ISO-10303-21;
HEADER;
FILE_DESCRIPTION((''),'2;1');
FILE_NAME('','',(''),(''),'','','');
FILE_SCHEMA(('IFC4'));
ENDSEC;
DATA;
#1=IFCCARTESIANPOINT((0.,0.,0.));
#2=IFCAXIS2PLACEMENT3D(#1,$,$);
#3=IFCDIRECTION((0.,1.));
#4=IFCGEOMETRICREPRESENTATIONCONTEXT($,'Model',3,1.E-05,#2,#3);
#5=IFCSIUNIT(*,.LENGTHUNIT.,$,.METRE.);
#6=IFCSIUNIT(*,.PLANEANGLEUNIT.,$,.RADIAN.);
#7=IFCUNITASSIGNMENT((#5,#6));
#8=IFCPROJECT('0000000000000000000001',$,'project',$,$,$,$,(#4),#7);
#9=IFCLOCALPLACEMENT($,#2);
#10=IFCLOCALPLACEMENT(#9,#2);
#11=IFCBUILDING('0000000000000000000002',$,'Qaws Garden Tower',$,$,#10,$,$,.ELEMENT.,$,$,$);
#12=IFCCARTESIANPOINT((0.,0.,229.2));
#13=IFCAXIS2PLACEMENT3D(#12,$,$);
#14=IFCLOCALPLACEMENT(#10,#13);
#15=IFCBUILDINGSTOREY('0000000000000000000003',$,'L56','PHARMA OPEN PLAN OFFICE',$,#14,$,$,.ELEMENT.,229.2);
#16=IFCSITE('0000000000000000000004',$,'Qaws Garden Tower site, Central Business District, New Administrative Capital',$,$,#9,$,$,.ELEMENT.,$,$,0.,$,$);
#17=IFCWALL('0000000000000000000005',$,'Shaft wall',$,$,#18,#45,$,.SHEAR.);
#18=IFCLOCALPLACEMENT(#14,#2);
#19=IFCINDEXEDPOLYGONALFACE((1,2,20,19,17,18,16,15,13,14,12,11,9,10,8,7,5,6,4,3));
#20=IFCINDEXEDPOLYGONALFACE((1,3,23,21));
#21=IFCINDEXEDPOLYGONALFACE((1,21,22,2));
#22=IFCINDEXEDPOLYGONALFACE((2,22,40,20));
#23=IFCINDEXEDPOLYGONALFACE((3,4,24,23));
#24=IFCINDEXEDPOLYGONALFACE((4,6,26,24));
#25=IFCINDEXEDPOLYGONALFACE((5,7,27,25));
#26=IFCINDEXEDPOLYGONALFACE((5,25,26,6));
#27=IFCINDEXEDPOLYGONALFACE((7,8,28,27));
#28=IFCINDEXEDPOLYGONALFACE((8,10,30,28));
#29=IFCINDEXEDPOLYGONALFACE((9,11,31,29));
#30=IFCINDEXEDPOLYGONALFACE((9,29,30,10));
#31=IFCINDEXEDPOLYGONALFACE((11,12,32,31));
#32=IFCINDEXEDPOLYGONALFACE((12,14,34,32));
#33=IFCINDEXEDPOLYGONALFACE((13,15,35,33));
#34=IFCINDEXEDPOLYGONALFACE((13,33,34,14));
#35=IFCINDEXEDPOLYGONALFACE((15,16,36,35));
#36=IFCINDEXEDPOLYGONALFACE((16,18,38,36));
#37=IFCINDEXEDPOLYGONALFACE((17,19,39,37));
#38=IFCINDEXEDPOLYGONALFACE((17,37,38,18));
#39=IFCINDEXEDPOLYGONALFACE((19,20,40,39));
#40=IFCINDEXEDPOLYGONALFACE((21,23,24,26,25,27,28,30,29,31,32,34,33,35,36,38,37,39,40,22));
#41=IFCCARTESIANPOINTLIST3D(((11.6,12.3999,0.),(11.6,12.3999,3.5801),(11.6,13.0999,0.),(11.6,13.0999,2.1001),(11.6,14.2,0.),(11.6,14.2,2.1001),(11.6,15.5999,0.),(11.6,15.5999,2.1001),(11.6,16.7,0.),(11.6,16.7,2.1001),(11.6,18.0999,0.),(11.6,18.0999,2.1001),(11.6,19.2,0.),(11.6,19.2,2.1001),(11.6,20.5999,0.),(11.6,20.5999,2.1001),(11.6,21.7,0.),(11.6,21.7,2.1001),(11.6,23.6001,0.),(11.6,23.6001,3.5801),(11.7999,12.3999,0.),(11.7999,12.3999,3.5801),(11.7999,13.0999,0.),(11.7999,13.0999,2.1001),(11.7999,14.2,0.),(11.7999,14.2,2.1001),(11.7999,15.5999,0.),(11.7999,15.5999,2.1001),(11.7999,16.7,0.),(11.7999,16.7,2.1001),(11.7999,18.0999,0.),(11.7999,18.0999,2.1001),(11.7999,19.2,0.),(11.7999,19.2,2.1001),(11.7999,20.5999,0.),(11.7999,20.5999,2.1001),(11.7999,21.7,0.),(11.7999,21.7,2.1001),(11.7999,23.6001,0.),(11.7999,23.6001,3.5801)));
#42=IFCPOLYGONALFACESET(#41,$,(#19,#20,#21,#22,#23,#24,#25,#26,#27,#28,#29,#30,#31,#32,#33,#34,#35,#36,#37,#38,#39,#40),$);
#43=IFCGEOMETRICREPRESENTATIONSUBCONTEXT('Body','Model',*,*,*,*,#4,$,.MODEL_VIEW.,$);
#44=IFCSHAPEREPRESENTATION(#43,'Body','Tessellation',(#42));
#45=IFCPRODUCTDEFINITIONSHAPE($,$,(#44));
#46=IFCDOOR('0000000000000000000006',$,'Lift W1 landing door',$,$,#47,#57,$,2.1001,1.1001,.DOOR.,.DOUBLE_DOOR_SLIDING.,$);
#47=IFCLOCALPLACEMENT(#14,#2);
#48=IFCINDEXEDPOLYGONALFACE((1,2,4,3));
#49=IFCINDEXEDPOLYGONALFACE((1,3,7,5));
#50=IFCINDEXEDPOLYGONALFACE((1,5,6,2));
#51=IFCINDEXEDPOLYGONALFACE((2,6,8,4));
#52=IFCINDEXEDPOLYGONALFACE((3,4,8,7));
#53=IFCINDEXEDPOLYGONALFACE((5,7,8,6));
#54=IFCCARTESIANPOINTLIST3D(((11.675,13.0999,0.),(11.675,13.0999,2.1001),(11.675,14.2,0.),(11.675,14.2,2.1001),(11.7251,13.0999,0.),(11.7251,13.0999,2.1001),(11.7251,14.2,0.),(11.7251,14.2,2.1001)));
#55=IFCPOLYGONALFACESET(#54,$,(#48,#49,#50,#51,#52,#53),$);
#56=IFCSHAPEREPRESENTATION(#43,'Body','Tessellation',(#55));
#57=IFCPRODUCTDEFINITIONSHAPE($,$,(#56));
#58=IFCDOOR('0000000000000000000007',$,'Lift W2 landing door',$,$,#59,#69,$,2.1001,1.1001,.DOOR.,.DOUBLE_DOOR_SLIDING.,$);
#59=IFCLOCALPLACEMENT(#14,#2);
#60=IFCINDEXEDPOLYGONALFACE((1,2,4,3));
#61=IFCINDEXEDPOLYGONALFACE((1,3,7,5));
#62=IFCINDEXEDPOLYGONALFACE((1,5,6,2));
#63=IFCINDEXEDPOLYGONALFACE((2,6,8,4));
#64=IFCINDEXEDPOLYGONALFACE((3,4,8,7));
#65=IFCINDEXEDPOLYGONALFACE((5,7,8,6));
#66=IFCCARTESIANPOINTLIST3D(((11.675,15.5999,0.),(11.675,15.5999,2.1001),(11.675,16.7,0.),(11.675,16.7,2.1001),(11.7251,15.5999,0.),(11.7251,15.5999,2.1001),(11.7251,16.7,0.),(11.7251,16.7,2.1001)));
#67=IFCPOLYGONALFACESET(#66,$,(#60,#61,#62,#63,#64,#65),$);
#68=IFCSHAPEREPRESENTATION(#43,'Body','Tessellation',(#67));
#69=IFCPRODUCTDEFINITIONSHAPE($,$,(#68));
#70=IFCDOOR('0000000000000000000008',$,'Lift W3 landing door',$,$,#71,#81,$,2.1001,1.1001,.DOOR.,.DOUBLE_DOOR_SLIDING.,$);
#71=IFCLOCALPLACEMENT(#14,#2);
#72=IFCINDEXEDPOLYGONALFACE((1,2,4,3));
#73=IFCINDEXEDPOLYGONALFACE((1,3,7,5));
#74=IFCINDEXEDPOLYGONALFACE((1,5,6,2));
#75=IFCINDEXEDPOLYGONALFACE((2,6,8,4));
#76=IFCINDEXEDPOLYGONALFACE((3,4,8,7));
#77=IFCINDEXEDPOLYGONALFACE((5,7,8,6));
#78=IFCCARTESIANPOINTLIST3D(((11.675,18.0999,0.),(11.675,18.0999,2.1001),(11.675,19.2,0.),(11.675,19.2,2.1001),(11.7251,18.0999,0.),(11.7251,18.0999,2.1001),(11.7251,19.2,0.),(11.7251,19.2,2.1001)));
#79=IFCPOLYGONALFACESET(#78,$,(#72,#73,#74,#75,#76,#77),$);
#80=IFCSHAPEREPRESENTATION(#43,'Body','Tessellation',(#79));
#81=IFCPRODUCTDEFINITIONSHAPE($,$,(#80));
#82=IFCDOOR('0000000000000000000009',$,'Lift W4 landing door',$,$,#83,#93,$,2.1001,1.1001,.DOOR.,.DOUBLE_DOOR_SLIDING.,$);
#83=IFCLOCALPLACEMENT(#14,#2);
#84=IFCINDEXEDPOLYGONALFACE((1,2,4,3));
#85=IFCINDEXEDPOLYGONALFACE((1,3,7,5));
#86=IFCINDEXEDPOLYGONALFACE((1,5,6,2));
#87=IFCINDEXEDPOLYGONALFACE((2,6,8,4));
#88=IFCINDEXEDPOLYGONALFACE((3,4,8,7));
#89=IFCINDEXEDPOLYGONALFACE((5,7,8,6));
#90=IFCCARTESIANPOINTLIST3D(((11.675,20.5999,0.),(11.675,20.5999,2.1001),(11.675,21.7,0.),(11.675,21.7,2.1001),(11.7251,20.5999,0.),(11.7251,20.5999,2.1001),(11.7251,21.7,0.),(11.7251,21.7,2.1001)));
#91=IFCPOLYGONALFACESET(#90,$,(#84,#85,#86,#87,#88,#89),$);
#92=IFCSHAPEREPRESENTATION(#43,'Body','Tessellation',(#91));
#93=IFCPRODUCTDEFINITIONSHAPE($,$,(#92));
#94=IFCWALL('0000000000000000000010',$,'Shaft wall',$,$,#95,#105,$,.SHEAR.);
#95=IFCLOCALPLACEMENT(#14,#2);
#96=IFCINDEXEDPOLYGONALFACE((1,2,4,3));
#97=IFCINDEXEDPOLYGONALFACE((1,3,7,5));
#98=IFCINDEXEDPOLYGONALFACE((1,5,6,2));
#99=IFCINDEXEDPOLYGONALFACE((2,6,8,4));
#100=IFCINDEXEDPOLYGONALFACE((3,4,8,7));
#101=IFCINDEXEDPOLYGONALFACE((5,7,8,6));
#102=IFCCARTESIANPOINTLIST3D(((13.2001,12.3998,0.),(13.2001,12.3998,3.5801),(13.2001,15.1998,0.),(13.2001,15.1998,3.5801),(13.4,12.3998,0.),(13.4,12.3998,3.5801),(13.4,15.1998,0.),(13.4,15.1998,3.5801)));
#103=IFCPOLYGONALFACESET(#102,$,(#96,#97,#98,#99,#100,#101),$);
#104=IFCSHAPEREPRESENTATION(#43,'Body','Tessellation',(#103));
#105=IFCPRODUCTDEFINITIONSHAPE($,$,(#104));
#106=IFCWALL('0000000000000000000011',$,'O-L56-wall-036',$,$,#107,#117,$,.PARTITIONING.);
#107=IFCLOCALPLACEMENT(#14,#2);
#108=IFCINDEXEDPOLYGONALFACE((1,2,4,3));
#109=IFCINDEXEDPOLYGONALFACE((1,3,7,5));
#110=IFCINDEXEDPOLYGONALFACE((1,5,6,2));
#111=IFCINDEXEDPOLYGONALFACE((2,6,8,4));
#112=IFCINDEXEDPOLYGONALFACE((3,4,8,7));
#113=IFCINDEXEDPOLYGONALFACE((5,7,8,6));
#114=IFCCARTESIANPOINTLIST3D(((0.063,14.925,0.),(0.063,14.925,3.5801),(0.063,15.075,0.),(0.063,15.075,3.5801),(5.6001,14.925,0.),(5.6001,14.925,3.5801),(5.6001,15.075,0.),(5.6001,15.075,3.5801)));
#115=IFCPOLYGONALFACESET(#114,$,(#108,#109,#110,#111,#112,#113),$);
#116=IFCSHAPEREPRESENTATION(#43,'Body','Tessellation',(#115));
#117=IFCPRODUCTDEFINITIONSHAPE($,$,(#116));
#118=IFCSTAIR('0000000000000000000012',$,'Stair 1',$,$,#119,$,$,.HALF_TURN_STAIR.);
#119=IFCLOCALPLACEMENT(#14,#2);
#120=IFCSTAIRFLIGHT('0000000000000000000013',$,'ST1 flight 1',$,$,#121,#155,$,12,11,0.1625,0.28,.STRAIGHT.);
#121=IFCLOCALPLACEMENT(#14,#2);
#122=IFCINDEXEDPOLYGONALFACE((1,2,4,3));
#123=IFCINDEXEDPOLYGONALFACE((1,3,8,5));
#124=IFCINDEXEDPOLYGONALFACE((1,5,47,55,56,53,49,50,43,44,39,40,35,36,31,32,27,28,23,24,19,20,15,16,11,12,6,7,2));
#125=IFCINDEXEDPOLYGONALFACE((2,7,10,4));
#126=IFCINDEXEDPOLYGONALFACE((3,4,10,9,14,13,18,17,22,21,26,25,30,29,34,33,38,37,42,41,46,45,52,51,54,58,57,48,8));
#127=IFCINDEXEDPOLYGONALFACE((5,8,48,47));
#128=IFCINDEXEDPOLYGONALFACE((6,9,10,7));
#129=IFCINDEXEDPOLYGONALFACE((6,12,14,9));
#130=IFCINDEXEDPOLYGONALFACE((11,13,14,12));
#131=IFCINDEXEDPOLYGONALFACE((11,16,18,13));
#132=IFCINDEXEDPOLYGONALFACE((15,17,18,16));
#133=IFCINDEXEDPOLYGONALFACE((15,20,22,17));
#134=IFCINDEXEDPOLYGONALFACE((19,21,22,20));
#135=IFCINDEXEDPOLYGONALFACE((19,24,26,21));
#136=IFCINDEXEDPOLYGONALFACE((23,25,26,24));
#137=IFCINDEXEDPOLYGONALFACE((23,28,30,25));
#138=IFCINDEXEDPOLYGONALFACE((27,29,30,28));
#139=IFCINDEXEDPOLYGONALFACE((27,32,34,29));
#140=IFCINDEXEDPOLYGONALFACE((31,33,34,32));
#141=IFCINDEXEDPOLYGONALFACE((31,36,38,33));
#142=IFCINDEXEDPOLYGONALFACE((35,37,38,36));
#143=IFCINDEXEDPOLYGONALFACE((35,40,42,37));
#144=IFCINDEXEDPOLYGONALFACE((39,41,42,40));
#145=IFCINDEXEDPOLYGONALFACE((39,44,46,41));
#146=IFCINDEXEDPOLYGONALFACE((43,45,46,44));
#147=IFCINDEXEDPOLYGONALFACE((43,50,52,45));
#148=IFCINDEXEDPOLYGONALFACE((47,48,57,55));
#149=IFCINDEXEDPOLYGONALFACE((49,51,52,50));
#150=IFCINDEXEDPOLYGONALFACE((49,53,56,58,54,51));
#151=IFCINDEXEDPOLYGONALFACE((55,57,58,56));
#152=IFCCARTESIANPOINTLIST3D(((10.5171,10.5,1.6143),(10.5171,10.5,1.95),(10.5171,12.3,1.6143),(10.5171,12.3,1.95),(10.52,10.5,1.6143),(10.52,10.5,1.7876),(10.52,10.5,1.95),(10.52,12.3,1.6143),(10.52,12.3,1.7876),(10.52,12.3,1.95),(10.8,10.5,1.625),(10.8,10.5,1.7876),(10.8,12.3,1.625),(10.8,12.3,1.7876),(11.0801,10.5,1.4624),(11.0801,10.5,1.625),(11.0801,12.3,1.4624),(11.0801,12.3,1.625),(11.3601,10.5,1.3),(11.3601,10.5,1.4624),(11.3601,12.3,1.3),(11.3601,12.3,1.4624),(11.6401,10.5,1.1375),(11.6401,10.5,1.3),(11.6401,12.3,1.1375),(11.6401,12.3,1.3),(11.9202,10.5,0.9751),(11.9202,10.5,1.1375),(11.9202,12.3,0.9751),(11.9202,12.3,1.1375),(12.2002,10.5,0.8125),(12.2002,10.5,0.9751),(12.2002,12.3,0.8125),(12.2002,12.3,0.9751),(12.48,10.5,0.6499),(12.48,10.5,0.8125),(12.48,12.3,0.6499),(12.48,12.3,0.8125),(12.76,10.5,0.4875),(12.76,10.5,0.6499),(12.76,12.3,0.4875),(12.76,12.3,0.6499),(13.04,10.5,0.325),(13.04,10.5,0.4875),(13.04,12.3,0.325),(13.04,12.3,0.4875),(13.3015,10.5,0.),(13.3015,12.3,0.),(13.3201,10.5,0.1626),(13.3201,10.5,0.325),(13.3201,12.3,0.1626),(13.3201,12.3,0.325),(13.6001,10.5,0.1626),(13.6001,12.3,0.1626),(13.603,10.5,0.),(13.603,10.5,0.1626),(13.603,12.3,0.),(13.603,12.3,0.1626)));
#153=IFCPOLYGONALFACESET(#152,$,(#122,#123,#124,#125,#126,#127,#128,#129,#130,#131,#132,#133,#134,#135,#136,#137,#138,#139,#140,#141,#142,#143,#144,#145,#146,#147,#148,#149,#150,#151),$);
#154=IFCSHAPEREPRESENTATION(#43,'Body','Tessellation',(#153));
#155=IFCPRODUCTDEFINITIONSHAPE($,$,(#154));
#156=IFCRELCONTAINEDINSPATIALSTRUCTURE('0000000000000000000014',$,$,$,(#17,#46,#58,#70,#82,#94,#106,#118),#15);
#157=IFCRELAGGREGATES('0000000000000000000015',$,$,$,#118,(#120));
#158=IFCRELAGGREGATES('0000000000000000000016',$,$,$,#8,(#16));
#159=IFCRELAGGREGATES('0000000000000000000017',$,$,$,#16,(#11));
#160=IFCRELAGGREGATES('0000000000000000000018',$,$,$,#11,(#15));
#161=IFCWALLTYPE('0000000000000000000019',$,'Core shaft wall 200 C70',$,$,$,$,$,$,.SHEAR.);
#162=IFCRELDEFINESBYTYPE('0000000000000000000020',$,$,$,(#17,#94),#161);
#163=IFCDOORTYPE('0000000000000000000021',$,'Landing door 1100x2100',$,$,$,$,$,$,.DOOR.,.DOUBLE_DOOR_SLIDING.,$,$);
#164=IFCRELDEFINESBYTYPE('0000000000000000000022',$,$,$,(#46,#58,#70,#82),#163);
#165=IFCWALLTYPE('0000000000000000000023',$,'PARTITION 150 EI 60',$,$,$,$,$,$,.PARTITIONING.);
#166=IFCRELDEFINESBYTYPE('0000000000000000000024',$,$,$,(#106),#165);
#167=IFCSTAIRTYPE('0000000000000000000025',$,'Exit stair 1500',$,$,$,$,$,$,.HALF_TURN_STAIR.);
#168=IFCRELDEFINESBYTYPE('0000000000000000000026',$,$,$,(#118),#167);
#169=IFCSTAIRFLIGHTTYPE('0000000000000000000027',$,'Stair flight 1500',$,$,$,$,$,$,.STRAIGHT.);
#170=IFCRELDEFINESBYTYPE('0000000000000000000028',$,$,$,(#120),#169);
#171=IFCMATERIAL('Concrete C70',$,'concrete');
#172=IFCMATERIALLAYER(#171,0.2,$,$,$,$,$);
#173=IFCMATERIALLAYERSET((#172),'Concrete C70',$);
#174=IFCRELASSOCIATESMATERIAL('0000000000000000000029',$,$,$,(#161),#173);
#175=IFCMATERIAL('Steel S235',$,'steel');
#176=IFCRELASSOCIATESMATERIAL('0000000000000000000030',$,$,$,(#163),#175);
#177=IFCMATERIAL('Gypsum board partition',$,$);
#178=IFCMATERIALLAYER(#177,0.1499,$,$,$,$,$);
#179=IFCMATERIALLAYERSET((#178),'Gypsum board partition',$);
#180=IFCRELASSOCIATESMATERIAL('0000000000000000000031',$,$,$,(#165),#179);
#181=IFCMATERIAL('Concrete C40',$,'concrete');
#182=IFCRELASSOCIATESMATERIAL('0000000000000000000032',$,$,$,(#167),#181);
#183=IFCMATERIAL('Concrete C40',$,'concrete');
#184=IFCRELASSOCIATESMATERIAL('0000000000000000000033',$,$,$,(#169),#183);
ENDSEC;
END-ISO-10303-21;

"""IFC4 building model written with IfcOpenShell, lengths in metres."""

from ifc_helpers import new_model, si_unit, direction, frame, frame_2d, origin, place, context, subcontext, project, spatial, polyline, rectangle, outline, extrude, material, layer, layer_set, type_object, element, fill, aggregate, save


model = new_model("IFC4")

# Units and contexts
model_context = context("Model", 3, precision=1e-05, world=origin(), true_north=direction((0.0, 1.0)))
body_context = subcontext(model_context, "Body", "Model", "MODEL_VIEW")
ifc_project = project(units=[si_unit("LENGTHUNIT", "METRE"), si_unit("PLANEANGLEUNIT", "RADIAN")], contexts=[model_context])

# Site, building, storey
site_placement = place(None, origin())
site = spatial("IfcSite", under=ifc_project, at=site_placement, Name="Qaws Garden Tower site, Central Business District, New Administrative Capital", CompositionType="ELEMENT", RefElevation=0.0)
building_placement = place(site_placement, origin())
building = spatial("IfcBuilding", under=site, at=building_placement, Name="Qaws Garden Tower", CompositionType="ELEMENT")
storey_placement = place(building_placement, frame((0.0, 0.0, 229.2)))
storey = spatial("IfcBuildingStorey", under=building, at=storey_placement, Name="L56", Description="PHARMA OPEN PLAN OFFICE", CompositionType="ELEMENT", Elevation=229.2)

# Shared definitions
ifc_material_1 = material(Name="Concrete C70", Category="concrete")
ifc_layer_1 = layer(ifc_material_1, 0.2)
ifc_layer_set_1 = layer_set([ifc_layer_1], Name="Concrete C70")
wall_type_1 = type_object("IfcWallType", Name="Core shaft wall 200 C70", PredefinedType="SHEAR", material=ifc_layer_set_1)

# Wall, openings, doors
wall_1_placement = place(storey_placement, frame((11.7, 12.3999, 0.0), z_axis=(0.0, 0.0, 1.0), x_axis=(0.0, 1.0, 0.0)))
wall_1 = element("IfcWall", 1, at=wall_1_placement, inside=storey, type_object=wall_type_1, Name="Shaft wall", PredefinedType="SHEAR", context=body_context, shape_type="SweptSolid", body=[
    extrude(rectangle(XDim=11.2002, YDim=0.2, at=frame_2d((5.6001, 0.0))), origin(), (0.0, 0.0, 1.0), 3.5801),
])
opening_1_placement = place(wall_1_placement, frame((0.7, 0.0, 0.0)))
opening_1 = element("IfcOpeningElement", 2, at=opening_1_placement, cuts=wall_1, PredefinedType="OPENING", context=body_context, shape_type="SweptSolid", body=[
    extrude(rectangle(XDim=1.1001, YDim=2.1001, at=frame_2d((0.55, 1.05))), frame((0.0, 0.1099, 0.0), z_axis=(0.0, -1.0, 0.0), x_axis=(1.0, 0.0, 0.0)), (0.0, 0.0, 1.0), 0.22),
])
opening_2_placement = place(wall_1_placement, frame((3.2, 0.0, 0.0)))
opening_2 = element("IfcOpeningElement", 3, at=opening_2_placement, cuts=wall_1, PredefinedType="OPENING", context=body_context, shape_type="SweptSolid", body=[
    extrude(rectangle(XDim=1.1001, YDim=2.1001, at=frame_2d((0.55, 1.05))), frame((0.0, 0.1099, 0.0), z_axis=(0.0, -1.0, 0.0), x_axis=(1.0, 0.0, 0.0)), (0.0, 0.0, 1.0), 0.22),
])
opening_3_placement = place(wall_1_placement, frame((5.7, 0.0, 0.0)))
opening_3 = element("IfcOpeningElement", 4, at=opening_3_placement, cuts=wall_1, PredefinedType="OPENING", context=body_context, shape_type="SweptSolid", body=[
    extrude(rectangle(XDim=1.1001, YDim=2.1001, at=frame_2d((0.55, 1.05))), frame((0.0, 0.1099, 0.0), z_axis=(0.0, -1.0, 0.0), x_axis=(1.0, 0.0, 0.0)), (0.0, 0.0, 1.0), 0.22),
])
opening_4_placement = place(wall_1_placement, frame((8.2, 0.0, 0.0)))
opening_4 = element("IfcOpeningElement", 5, at=opening_4_placement, cuts=wall_1, PredefinedType="OPENING", context=body_context, shape_type="SweptSolid", body=[
    extrude(rectangle(XDim=1.1001, YDim=2.1001, at=frame_2d((0.55, 1.05))), frame((0.0, 0.1099, 0.0), z_axis=(0.0, -1.0, 0.0), x_axis=(1.0, 0.0, 0.0)), (0.0, 0.0, 1.0), 0.22),
])
ifc_material_2 = material(Name="Steel S235", Category="steel")
door_type = type_object("IfcDoorType", Name="Landing door 1100x2100", OperationType="DOUBLE_DOOR_SLIDING", PredefinedType="DOOR", material=ifc_material_2)
door_1_placement = place(opening_1_placement, origin())
door_1 = element("IfcDoor", 6, at=door_1_placement, inside=storey, type_object=door_type, Name="Lift W1 landing door", OperationType="DOUBLE_DOOR_SLIDING", OverallHeight=2.1001, OverallWidth=1.1001, PredefinedType="DOOR", context=body_context, shape_type="SweptSolid", body=[
    extrude(rectangle(XDim=1.1001, YDim=2.1001, at=frame_2d((0.55, 1.05))), frame((0.0, 0.0249, 0.0), z_axis=(0.0, -1.0, 0.0), x_axis=(1.0, 0.0, 0.0)), (0.0, 0.0, 1.0), 0.05),
])
fill(opening_1, door_1)
door_2_placement = place(opening_2_placement, origin())
door_2 = element("IfcDoor", 7, at=door_2_placement, inside=storey, type_object=door_type, Name="Lift W2 landing door", OperationType="DOUBLE_DOOR_SLIDING", OverallHeight=2.1001, OverallWidth=1.1001, PredefinedType="DOOR", context=body_context, shape_type="SweptSolid", body=[
    extrude(rectangle(XDim=1.1001, YDim=2.1001, at=frame_2d((0.55, 1.05))), frame((0.0, 0.0249, 0.0), z_axis=(0.0, -1.0, 0.0), x_axis=(1.0, 0.0, 0.0)), (0.0, 0.0, 1.0), 0.05),
])
fill(opening_2, door_2)
door_3_placement = place(opening_3_placement, origin())
door_3 = element("IfcDoor", 8, at=door_3_placement, inside=storey, type_object=door_type, Name="Lift W3 landing door", OperationType="DOUBLE_DOOR_SLIDING", OverallHeight=2.1001, OverallWidth=1.1001, PredefinedType="DOOR", context=body_context, shape_type="SweptSolid", body=[
    extrude(rectangle(XDim=1.1001, YDim=2.1001, at=frame_2d((0.55, 1.05))), frame((0.0, 0.0249, 0.0), z_axis=(0.0, -1.0, 0.0), x_axis=(1.0, 0.0, 0.0)), (0.0, 0.0, 1.0), 0.05),
])
fill(opening_3, door_3)
door_4_placement = place(opening_4_placement, origin())
door_4 = element("IfcDoor", 9, at=door_4_placement, inside=storey, type_object=door_type, Name="Lift W4 landing door", OperationType="DOUBLE_DOOR_SLIDING", OverallHeight=2.1001, OverallWidth=1.1001, PredefinedType="DOOR", context=body_context, shape_type="SweptSolid", body=[
    extrude(rectangle(XDim=1.1001, YDim=2.1001, at=frame_2d((0.55, 1.05))), frame((0.0, 0.0249, 0.0), z_axis=(0.0, -1.0, 0.0), x_axis=(1.0, 0.0, 0.0)), (0.0, 0.0, 1.0), 0.05),
])
fill(opening_4, door_4)

# Walls
wall_2_placement = place(storey_placement, frame((13.3, 12.3999, 0.0), z_axis=(0.0, 0.0, 1.0), x_axis=(0.0, 1.0, 0.0)))
element("IfcWall", 10, at=wall_2_placement, inside=storey, type_object=wall_type_1, Name="Shaft wall", PredefinedType="SHEAR", context=body_context, shape_type="SweptSolid", body=[
    extrude(rectangle(XDim=2.8, YDim=0.2, at=frame_2d((1.3999, 0.0))), origin(), (0.0, 0.0, 1.0), 3.5801),
])
ifc_material_3 = material(Name="Gypsum board partition")
ifc_layer_2 = layer(ifc_material_3, 0.1499)
ifc_layer_set_2 = layer_set([ifc_layer_2], Name="Gypsum board partition")
wall_type_2 = type_object("IfcWallType", Name="PARTITION 150 EI 60", PredefinedType="PARTITIONING", material=ifc_layer_set_2)
wall_3_placement = place(storey_placement, frame((0.063, 15.0, 0.0), z_axis=(0.0, 0.0, 1.0), x_axis=(1.0, 0.0, 0.0)))
element("IfcWall", 11, at=wall_3_placement, inside=storey, type_object=wall_type_2, Name="O-L56-wall-036", PredefinedType="PARTITIONING", context=body_context, shape_type="SweptSolid", body=[
    extrude(rectangle(XDim=5.5371, YDim=0.1499, at=frame_2d((2.7686, 0.0))), origin(), (0.0, 0.0, 1.0), 3.5801),
])

# Stair, stair flight
ifc_material_4 = material(Name="Concrete C40", Category="concrete")
stair_type = type_object("IfcStairType", Name="Exit stair 1500", PredefinedType="HALF_TURN_STAIR", material=ifc_material_4)
stair_placement = place(storey_placement, origin())
stair = element("IfcStair", 12, at=stair_placement, inside=storey, type_object=stair_type, Name="Stair 1", PredefinedType="HALF_TURN_STAIR")
ifc_material_5 = material(Name="Concrete C40", Category="concrete")
stair_flight_type = type_object("IfcStairFlightType", Name="Stair flight 1500", PredefinedType="STRAIGHT", material=ifc_material_5)
stair_flight_1_placement = place(storey_placement, frame((13.6001, 11.3999, 0.0), z_axis=(0.0, 0.0, 1.0), x_axis=(-1.0, 0.0, 0.0)))
stair_flight_1 = element("IfcStairFlight", 13, at=stair_flight_1_placement, type_object=stair_flight_type, Name="ST1 flight 1", NumberOfRisers=12, NumberOfTreads=11, PredefinedType="STRAIGHT", RiserHeight=0.1625, TreadLength=0.28, context=body_context, shape_type="SweptSolid", body=[
    extrude(outline(polyline([(-0.0029, 0.0), (-0.0029, 0.1626), (0.0, 0.1626), (0.28, 0.1626), (0.28, 0.325), (0.5601, 0.325), (0.5601, 0.4875), (0.8401, 0.4875), (0.8401, 0.6499), (1.1201, 0.6499), (1.1201, 0.8125), (1.3999, 0.8125), (1.3999, 0.9751), (1.6799, 0.9751), (1.6799, 1.1375), (1.96, 1.1375), (1.96, 1.3), (2.24, 1.3), (2.24, 1.4624), (2.52, 1.4624), (2.52, 1.625), (2.8, 1.625), (2.8, 1.7876), (3.0801, 1.7876), (3.0801, 1.95), (3.083, 1.95), (3.083, 1.6143), (3.0801, 1.6143), (0.2986, 0.0), (-0.0029, 0.0)])), frame((0.0, 0.8999, 0.0), z_axis=(0.0, -1.0, 0.0), x_axis=(1.0, 0.0, 0.0)), (0.0, 0.0, 1.0), 1.8),
])
aggregate(stair, [stair_flight_1])

save(model, "model.ifc")
